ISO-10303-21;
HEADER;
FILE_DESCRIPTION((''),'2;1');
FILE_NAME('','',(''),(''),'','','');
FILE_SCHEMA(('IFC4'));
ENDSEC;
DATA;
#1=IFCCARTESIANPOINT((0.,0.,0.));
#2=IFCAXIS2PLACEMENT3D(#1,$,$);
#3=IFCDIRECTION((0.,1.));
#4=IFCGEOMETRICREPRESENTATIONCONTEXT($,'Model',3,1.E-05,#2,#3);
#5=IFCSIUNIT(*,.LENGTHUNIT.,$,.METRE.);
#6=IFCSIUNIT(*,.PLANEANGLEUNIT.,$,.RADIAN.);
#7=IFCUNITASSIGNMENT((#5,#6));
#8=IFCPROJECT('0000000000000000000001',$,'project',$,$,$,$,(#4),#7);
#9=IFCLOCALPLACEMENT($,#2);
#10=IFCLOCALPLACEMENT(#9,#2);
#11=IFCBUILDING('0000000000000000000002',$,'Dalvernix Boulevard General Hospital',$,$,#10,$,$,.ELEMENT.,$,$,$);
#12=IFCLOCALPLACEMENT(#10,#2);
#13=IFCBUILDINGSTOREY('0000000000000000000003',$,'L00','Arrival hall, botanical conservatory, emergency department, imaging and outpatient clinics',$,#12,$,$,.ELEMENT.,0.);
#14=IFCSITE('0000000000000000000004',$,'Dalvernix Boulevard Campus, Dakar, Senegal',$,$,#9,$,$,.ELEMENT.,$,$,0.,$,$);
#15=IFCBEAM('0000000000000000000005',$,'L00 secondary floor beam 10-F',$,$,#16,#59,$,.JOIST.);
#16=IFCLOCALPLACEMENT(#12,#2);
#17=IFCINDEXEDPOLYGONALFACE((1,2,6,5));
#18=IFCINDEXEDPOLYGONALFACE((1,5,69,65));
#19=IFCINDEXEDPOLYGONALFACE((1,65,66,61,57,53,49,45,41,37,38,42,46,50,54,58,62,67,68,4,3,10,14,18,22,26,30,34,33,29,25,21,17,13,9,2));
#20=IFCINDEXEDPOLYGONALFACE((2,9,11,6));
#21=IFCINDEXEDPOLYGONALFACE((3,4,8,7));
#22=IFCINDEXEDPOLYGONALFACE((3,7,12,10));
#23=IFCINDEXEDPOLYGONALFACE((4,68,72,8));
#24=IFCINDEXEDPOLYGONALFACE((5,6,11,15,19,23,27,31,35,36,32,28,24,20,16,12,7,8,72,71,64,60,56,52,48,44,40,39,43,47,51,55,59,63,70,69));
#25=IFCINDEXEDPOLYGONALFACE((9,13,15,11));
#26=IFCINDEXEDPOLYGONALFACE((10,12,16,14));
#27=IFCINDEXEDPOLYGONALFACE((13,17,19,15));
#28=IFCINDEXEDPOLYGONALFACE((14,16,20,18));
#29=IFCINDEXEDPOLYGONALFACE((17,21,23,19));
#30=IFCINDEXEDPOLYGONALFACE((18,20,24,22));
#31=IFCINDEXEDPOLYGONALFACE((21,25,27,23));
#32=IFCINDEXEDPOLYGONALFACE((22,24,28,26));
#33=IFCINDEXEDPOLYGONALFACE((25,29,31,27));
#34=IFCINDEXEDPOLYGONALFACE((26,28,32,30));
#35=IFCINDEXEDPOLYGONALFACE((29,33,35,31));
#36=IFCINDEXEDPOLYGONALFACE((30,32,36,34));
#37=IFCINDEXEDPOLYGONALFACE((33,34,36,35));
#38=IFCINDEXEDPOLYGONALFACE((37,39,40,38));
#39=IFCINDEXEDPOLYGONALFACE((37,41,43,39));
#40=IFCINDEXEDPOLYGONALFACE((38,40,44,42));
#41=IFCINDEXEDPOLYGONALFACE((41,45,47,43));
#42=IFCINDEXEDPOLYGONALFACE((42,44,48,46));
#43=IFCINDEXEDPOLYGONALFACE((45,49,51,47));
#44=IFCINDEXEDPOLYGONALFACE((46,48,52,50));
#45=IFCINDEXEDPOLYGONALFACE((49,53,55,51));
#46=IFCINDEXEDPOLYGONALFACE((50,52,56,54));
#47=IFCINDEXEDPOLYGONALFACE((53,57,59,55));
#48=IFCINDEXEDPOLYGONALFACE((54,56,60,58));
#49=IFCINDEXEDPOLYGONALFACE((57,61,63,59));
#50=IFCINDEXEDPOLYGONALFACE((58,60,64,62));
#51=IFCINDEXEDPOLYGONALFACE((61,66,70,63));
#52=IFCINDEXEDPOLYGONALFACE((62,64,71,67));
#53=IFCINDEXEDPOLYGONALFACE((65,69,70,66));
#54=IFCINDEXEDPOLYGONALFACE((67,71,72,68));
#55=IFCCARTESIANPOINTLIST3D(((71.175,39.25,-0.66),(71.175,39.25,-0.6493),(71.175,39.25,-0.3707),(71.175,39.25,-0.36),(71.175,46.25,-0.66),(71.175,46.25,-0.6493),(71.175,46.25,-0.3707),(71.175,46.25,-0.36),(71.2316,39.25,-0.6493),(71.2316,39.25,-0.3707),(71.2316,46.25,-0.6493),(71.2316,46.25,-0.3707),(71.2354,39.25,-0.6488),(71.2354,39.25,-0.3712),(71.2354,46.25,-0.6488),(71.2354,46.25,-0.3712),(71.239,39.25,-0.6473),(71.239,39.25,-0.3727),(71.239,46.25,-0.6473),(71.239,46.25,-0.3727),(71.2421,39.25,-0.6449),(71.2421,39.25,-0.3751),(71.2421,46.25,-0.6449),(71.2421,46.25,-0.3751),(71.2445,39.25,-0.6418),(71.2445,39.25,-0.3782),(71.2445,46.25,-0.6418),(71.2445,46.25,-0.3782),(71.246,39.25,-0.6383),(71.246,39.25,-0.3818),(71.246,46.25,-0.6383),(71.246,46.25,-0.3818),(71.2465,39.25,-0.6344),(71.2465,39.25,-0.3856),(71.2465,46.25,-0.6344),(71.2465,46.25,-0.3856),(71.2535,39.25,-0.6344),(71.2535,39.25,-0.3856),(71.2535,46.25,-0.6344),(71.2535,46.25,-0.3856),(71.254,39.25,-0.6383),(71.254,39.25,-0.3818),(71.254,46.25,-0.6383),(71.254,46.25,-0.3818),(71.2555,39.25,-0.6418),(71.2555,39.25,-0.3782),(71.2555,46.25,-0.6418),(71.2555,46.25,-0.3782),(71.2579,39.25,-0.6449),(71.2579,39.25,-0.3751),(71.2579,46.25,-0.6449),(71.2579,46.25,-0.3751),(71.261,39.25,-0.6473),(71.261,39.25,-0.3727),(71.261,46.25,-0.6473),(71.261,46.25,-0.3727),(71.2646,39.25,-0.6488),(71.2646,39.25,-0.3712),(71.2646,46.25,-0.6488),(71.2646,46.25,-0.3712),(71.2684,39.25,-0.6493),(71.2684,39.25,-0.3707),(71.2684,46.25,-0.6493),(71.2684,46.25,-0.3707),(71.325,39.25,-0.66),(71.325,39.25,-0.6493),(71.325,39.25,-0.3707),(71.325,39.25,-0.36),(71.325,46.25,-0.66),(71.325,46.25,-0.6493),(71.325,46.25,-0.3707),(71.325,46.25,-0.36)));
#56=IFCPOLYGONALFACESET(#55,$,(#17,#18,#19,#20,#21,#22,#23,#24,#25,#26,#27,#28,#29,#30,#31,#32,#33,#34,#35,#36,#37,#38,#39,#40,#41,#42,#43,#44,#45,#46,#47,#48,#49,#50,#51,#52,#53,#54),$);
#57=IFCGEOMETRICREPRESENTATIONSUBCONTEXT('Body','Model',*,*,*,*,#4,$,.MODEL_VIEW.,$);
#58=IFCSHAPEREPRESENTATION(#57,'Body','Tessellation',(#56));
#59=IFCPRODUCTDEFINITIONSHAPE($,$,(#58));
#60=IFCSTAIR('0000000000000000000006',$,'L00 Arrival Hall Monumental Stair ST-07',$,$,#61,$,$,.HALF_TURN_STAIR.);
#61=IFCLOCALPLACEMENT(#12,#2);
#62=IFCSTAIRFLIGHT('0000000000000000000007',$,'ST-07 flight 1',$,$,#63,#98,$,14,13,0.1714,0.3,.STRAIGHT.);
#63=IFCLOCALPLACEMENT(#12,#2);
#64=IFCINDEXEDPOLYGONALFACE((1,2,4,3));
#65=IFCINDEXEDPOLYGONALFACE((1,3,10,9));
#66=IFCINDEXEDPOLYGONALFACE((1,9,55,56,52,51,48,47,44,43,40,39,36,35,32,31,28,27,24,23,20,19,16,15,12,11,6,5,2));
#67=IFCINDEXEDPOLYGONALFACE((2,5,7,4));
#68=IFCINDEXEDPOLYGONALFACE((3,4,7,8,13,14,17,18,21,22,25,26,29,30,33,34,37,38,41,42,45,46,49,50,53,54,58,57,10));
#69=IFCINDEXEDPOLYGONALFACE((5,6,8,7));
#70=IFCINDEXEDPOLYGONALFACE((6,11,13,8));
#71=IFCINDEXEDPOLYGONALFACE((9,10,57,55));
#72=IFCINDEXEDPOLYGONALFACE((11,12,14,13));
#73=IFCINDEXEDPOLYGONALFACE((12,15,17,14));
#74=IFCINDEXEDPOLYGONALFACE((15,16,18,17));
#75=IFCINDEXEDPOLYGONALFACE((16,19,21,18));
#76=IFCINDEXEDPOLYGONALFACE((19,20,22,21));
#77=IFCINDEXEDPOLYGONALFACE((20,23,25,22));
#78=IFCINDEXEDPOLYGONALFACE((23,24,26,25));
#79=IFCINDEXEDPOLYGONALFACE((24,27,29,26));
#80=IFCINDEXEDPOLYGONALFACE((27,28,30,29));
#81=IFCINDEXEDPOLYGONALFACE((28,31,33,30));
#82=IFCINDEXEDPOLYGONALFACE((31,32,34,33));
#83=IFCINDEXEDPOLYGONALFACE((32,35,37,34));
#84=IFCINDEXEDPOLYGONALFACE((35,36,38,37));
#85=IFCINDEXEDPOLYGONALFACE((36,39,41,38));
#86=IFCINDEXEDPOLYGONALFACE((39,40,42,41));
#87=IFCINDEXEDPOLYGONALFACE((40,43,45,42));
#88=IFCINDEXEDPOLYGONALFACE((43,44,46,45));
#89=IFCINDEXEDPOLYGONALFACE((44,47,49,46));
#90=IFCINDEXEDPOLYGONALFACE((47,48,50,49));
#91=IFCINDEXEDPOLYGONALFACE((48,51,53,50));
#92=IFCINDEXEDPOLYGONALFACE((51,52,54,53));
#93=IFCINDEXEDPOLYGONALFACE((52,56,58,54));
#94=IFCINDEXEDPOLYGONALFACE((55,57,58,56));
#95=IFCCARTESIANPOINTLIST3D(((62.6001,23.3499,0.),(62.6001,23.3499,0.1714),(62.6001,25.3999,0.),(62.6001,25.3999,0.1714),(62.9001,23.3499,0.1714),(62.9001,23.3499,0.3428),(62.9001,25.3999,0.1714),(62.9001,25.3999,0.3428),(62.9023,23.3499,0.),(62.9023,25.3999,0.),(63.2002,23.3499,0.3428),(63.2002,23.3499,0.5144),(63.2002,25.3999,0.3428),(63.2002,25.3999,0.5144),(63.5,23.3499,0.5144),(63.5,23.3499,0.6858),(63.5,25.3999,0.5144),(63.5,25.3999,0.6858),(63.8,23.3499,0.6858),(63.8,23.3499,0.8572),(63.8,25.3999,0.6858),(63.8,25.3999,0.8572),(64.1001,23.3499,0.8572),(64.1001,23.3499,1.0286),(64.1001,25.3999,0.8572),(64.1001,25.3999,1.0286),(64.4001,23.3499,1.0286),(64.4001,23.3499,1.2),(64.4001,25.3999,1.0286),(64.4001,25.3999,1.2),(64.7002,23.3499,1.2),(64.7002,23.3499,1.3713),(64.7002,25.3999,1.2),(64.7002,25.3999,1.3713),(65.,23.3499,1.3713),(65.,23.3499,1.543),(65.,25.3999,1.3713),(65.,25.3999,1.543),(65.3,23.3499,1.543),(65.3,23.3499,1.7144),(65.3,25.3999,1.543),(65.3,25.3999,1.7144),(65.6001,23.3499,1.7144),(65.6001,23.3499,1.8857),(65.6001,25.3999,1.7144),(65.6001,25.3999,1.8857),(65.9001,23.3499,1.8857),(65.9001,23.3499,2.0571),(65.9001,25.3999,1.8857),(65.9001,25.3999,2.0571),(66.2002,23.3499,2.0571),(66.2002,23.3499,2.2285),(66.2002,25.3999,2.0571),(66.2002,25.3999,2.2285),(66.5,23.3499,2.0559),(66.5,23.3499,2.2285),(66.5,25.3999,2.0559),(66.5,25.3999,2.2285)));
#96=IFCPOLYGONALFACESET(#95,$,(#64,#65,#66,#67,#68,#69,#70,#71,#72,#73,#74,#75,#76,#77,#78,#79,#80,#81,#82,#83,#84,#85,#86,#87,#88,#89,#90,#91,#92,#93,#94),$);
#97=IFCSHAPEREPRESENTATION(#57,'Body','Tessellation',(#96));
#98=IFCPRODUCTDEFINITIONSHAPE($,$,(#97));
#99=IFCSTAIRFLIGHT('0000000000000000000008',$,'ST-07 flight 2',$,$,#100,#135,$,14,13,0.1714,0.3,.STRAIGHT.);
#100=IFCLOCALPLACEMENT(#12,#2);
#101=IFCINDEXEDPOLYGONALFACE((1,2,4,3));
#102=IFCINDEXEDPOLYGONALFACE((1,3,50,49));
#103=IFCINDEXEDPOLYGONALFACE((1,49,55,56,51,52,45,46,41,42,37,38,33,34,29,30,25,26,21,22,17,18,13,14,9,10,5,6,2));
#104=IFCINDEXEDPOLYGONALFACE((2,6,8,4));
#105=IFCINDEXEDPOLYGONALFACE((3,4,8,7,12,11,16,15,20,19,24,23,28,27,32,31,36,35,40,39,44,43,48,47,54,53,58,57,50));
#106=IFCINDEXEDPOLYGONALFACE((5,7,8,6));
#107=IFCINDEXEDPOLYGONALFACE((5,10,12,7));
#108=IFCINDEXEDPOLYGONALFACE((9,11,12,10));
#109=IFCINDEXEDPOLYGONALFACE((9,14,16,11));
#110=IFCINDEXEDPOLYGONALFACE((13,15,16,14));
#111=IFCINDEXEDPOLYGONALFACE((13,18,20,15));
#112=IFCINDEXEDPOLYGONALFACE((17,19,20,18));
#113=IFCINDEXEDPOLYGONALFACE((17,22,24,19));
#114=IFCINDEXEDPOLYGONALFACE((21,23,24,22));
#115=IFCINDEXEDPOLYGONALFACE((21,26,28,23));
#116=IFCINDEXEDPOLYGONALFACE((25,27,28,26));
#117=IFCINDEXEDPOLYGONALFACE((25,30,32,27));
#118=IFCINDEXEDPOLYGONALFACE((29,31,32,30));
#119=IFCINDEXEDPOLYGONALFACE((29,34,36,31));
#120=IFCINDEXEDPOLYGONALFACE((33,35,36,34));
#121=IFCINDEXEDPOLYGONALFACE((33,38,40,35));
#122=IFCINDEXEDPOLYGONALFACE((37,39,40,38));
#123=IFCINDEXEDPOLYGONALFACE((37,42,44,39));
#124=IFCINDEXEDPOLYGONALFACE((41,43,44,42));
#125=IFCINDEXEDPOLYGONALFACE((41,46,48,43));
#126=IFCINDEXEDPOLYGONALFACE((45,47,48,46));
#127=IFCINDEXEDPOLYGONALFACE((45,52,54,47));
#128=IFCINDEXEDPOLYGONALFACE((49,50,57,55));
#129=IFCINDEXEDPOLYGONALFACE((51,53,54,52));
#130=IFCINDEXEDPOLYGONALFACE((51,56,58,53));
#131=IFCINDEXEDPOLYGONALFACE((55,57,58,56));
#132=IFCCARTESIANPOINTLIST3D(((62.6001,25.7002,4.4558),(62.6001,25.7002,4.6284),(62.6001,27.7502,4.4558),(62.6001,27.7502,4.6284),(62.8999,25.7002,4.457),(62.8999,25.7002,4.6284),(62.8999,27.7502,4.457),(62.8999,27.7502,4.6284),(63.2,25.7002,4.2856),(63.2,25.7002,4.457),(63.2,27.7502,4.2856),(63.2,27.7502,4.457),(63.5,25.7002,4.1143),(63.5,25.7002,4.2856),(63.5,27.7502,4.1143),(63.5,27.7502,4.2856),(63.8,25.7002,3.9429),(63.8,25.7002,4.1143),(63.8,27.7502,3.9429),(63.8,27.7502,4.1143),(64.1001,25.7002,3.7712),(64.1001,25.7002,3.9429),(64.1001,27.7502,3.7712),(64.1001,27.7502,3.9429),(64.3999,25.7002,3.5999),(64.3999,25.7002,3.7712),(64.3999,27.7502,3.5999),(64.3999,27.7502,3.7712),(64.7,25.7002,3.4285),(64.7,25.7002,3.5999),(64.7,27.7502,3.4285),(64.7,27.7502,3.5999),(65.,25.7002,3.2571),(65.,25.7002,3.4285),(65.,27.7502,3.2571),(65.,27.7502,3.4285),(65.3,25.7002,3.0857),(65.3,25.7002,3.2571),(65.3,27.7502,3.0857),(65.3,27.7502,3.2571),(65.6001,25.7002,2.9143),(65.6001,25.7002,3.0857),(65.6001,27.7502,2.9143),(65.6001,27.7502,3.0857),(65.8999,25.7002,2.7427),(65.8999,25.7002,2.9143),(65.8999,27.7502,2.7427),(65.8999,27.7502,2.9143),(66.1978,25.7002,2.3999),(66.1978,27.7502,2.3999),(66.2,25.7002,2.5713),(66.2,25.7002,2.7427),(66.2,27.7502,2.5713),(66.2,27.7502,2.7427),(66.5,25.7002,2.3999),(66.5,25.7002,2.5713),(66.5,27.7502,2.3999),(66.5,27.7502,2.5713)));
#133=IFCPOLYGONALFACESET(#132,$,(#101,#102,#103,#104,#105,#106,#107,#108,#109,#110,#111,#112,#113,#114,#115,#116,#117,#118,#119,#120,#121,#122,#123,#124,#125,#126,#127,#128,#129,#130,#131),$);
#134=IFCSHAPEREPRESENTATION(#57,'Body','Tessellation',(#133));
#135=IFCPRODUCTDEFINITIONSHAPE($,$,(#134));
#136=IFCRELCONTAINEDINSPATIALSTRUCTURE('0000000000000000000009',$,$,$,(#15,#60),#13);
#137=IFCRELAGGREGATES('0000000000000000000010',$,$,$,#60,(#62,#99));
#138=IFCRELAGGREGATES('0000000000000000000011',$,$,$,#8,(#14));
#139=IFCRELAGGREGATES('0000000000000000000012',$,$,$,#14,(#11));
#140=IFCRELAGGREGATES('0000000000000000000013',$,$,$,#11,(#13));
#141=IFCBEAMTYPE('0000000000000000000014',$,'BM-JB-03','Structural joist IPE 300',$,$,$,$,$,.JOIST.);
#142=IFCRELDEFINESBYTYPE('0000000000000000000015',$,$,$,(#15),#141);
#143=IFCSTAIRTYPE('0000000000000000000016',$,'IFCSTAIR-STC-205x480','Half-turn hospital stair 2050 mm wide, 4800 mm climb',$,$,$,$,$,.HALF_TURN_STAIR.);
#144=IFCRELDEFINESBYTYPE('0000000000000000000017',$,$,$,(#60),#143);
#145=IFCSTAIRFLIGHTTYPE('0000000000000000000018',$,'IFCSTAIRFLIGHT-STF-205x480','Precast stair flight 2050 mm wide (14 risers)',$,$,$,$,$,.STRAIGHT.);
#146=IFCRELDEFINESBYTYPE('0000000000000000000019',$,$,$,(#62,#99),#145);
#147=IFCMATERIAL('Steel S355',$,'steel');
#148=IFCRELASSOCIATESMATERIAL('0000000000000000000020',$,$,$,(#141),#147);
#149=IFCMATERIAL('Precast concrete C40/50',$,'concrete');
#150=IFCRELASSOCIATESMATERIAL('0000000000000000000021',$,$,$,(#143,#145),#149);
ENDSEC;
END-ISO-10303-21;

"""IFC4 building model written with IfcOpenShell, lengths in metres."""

from ifc_helpers import new_model, si_unit, direction, frame, origin, origin_2d, place, context, subcontext, project, spatial, polyline, i_section, outline, extrude, material, material_profile, profile_set, type_object, element, aggregate, save


model = new_model("IFC4")

# Units and contexts
model_context = context("Model", 3, precision=1e-05, world=origin(), true_north=direction((0.0, 1.0)))
body_context = subcontext(model_context, "Body", "Model", "MODEL_VIEW")
ifc_project = project(units=[si_unit("LENGTHUNIT", "METRE"), si_unit("PLANEANGLEUNIT", "RADIAN")], contexts=[model_context])

# Site, building, storey
site_placement = place(None, origin())
site = spatial("IfcSite", under=ifc_project, at=site_placement, Name="Dalvernix Boulevard Campus, Dakar, Senegal", CompositionType="ELEMENT", RefElevation=0.0)
building_placement = place(site_placement, origin())
building = spatial("IfcBuilding", under=site, at=building_placement, Name="Dalvernix Boulevard General Hospital", CompositionType="ELEMENT")
storey_placement = place(building_placement, origin())
storey = spatial("IfcBuildingStorey", under=building, at=storey_placement, Name="L00", Description="Arrival hall, botanical conservatory, emergency department, imaging and outpatient clinics", CompositionType="ELEMENT", Elevation=0.0)

# Shared definitions
ifc_material_1 = material(Name="Steel S355", Category="steel")

# Beam
ifc_material_profile_1 = material_profile(ifc_material_1, i_section(OverallWidth=0.1499, OverallDepth=0.3, WebThickness=0.0071, FlangeThickness=0.0107, FilletRadius=0.0149, at=origin_2d()), Name="IPE 300")
ifc_profile_set_1 = profile_set([ifc_material_profile_1], Name="Steel S355")
beam_type_1 = type_object("IfcBeamType", Name="BM-JB-03", Description="Structural joist IPE 300", PredefinedType="JOIST", material=ifc_profile_set_1)
beam_1_placement = place(storey_placement, frame((71.25, 39.25, -0.51), z_axis=(0.0, 1.0, 0.0), x_axis=(-1.0, 0.0, 0.0)))
element("IfcBeam", 1, at=beam_1_placement, inside=storey, type_object=beam_type_1, Name="L00 secondary floor beam 10-F", PredefinedType="JOIST", context=body_context, shape_type="SweptSolid", body=[
    extrude(i_section(OverallWidth=0.1499, OverallDepth=0.3, WebThickness=0.0071, FlangeThickness=0.0107, FilletRadius=0.0149, at=origin_2d()), origin(), (0.0, 0.0, 1.0), 7.0),
])

# Stair, stair flights
ifc_material_2 = material(Name="Precast concrete C40/50", Category="concrete")
stair_type = type_object("IfcStairType", Name="IFCSTAIR-STC-205x480", Description="Half-turn hospital stair 2050 mm wide, 4800 mm climb", PredefinedType="HALF_TURN_STAIR", material=ifc_material_2)
stair_placement = place(storey_placement, origin())
stair = element("IfcStair", 2, at=stair_placement, inside=storey, type_object=stair_type, Name="L00 Arrival Hall Monumental Stair ST-07", PredefinedType="HALF_TURN_STAIR")
stair_flight_type = type_object("IfcStairFlightType", Name="IFCSTAIRFLIGHT-STF-205x480", Description="Precast stair flight 2050 mm wide (14 risers)", PredefinedType="STRAIGHT", material=ifc_material_2)
stair_flight_1_placement = place(storey_placement, frame((62.6001, 24.375, 0.0), z_axis=(0.0, 0.0, 1.0), x_axis=(1.0, 0.0, 0.0)))
stair_flight_1 = element("IfcStairFlight", 3, at=stair_flight_1_placement, type_object=stair_flight_type, Name="ST-07 flight 1", NumberOfRisers=14, NumberOfTreads=13, PredefinedType="STRAIGHT", RiserHeight=0.1714, TreadLength=0.3, context=body_context, shape_type="SweptSolid", body=[
    extrude(outline(polyline([(0.0, 0.0), (0.0, 0.1714), (0.3, 0.1714), (0.3, 0.3428), (0.6001, 0.3428), (0.6001, 0.5144), (0.8999, 0.5144), (0.8999, 0.6858), (1.2, 0.6858), (1.2, 0.8572), (1.5, 0.8572), (1.5, 1.0286), (1.8, 1.0286), (1.8, 1.2), (2.1001, 1.2), (2.1001, 1.3713), (2.3999, 1.3713), (2.3999, 1.543), (2.7, 1.543), (2.7, 1.7144), (3.0, 1.7144), (3.0, 1.8857), (3.3, 1.8857), (3.3, 2.0571), (3.6001, 2.0571), (3.6001, 2.2285), (3.8999, 2.2285), (3.8999, 2.3999), (3.8999, 2.0559), (0.3022, 0.0), (0.0, 0.0)])), frame((0.0, 1.0249, 0.0), z_axis=(0.0, -1.0, 0.0), x_axis=(1.0, 0.0, 0.0)), (0.0, 0.0, 1.0), 2.05),
])
stair_flight_2_placement = place(storey_placement, frame((66.5, 26.7251, 2.3999), z_axis=(0.0, 0.0, 1.0), x_axis=(-1.0, 0.0, 0.0)))
stair_flight_2 = element("IfcStairFlight", 4, at=stair_flight_2_placement, type_object=stair_flight_type, Name="ST-07 flight 2", NumberOfRisers=14, NumberOfTreads=13, PredefinedType="STRAIGHT", RiserHeight=0.1714, TreadLength=0.3, context=body_context, shape_type="SweptSolid", body=[
    extrude(outline(polyline([(0.0, 0.0), (0.0, 0.1714), (0.3, 0.1714), (0.3, 0.3428), (0.6001, 0.3428), (0.6001, 0.5144), (0.8999, 0.5144), (0.8999, 0.6858), (1.2, 0.6858), (1.2, 0.8572), (1.5, 0.8572), (1.5, 1.0286), (1.8, 1.0286), (1.8, 1.2), (2.1001, 1.2), (2.1001, 1.3713), (2.3999, 1.3713), (2.3999, 1.543), (2.7, 1.543), (2.7, 1.7144), (3.0, 1.7144), (3.0, 1.8857), (3.3, 1.8857), (3.3, 2.0571), (3.6001, 2.0571), (3.6001, 2.2285), (3.8999, 2.2285), (3.8999, 2.3999), (3.8999, 2.0559), (0.3022, 0.0), (0.0, 0.0)])), frame((0.0, 1.0249, 0.0), z_axis=(0.0, -1.0, 0.0), x_axis=(1.0, 0.0, 0.0)), (0.0, 0.0, 1.0), 2.05),
])
aggregate(stair, [stair_flight_1, stair_flight_2])

save(model, "model.ifc")
